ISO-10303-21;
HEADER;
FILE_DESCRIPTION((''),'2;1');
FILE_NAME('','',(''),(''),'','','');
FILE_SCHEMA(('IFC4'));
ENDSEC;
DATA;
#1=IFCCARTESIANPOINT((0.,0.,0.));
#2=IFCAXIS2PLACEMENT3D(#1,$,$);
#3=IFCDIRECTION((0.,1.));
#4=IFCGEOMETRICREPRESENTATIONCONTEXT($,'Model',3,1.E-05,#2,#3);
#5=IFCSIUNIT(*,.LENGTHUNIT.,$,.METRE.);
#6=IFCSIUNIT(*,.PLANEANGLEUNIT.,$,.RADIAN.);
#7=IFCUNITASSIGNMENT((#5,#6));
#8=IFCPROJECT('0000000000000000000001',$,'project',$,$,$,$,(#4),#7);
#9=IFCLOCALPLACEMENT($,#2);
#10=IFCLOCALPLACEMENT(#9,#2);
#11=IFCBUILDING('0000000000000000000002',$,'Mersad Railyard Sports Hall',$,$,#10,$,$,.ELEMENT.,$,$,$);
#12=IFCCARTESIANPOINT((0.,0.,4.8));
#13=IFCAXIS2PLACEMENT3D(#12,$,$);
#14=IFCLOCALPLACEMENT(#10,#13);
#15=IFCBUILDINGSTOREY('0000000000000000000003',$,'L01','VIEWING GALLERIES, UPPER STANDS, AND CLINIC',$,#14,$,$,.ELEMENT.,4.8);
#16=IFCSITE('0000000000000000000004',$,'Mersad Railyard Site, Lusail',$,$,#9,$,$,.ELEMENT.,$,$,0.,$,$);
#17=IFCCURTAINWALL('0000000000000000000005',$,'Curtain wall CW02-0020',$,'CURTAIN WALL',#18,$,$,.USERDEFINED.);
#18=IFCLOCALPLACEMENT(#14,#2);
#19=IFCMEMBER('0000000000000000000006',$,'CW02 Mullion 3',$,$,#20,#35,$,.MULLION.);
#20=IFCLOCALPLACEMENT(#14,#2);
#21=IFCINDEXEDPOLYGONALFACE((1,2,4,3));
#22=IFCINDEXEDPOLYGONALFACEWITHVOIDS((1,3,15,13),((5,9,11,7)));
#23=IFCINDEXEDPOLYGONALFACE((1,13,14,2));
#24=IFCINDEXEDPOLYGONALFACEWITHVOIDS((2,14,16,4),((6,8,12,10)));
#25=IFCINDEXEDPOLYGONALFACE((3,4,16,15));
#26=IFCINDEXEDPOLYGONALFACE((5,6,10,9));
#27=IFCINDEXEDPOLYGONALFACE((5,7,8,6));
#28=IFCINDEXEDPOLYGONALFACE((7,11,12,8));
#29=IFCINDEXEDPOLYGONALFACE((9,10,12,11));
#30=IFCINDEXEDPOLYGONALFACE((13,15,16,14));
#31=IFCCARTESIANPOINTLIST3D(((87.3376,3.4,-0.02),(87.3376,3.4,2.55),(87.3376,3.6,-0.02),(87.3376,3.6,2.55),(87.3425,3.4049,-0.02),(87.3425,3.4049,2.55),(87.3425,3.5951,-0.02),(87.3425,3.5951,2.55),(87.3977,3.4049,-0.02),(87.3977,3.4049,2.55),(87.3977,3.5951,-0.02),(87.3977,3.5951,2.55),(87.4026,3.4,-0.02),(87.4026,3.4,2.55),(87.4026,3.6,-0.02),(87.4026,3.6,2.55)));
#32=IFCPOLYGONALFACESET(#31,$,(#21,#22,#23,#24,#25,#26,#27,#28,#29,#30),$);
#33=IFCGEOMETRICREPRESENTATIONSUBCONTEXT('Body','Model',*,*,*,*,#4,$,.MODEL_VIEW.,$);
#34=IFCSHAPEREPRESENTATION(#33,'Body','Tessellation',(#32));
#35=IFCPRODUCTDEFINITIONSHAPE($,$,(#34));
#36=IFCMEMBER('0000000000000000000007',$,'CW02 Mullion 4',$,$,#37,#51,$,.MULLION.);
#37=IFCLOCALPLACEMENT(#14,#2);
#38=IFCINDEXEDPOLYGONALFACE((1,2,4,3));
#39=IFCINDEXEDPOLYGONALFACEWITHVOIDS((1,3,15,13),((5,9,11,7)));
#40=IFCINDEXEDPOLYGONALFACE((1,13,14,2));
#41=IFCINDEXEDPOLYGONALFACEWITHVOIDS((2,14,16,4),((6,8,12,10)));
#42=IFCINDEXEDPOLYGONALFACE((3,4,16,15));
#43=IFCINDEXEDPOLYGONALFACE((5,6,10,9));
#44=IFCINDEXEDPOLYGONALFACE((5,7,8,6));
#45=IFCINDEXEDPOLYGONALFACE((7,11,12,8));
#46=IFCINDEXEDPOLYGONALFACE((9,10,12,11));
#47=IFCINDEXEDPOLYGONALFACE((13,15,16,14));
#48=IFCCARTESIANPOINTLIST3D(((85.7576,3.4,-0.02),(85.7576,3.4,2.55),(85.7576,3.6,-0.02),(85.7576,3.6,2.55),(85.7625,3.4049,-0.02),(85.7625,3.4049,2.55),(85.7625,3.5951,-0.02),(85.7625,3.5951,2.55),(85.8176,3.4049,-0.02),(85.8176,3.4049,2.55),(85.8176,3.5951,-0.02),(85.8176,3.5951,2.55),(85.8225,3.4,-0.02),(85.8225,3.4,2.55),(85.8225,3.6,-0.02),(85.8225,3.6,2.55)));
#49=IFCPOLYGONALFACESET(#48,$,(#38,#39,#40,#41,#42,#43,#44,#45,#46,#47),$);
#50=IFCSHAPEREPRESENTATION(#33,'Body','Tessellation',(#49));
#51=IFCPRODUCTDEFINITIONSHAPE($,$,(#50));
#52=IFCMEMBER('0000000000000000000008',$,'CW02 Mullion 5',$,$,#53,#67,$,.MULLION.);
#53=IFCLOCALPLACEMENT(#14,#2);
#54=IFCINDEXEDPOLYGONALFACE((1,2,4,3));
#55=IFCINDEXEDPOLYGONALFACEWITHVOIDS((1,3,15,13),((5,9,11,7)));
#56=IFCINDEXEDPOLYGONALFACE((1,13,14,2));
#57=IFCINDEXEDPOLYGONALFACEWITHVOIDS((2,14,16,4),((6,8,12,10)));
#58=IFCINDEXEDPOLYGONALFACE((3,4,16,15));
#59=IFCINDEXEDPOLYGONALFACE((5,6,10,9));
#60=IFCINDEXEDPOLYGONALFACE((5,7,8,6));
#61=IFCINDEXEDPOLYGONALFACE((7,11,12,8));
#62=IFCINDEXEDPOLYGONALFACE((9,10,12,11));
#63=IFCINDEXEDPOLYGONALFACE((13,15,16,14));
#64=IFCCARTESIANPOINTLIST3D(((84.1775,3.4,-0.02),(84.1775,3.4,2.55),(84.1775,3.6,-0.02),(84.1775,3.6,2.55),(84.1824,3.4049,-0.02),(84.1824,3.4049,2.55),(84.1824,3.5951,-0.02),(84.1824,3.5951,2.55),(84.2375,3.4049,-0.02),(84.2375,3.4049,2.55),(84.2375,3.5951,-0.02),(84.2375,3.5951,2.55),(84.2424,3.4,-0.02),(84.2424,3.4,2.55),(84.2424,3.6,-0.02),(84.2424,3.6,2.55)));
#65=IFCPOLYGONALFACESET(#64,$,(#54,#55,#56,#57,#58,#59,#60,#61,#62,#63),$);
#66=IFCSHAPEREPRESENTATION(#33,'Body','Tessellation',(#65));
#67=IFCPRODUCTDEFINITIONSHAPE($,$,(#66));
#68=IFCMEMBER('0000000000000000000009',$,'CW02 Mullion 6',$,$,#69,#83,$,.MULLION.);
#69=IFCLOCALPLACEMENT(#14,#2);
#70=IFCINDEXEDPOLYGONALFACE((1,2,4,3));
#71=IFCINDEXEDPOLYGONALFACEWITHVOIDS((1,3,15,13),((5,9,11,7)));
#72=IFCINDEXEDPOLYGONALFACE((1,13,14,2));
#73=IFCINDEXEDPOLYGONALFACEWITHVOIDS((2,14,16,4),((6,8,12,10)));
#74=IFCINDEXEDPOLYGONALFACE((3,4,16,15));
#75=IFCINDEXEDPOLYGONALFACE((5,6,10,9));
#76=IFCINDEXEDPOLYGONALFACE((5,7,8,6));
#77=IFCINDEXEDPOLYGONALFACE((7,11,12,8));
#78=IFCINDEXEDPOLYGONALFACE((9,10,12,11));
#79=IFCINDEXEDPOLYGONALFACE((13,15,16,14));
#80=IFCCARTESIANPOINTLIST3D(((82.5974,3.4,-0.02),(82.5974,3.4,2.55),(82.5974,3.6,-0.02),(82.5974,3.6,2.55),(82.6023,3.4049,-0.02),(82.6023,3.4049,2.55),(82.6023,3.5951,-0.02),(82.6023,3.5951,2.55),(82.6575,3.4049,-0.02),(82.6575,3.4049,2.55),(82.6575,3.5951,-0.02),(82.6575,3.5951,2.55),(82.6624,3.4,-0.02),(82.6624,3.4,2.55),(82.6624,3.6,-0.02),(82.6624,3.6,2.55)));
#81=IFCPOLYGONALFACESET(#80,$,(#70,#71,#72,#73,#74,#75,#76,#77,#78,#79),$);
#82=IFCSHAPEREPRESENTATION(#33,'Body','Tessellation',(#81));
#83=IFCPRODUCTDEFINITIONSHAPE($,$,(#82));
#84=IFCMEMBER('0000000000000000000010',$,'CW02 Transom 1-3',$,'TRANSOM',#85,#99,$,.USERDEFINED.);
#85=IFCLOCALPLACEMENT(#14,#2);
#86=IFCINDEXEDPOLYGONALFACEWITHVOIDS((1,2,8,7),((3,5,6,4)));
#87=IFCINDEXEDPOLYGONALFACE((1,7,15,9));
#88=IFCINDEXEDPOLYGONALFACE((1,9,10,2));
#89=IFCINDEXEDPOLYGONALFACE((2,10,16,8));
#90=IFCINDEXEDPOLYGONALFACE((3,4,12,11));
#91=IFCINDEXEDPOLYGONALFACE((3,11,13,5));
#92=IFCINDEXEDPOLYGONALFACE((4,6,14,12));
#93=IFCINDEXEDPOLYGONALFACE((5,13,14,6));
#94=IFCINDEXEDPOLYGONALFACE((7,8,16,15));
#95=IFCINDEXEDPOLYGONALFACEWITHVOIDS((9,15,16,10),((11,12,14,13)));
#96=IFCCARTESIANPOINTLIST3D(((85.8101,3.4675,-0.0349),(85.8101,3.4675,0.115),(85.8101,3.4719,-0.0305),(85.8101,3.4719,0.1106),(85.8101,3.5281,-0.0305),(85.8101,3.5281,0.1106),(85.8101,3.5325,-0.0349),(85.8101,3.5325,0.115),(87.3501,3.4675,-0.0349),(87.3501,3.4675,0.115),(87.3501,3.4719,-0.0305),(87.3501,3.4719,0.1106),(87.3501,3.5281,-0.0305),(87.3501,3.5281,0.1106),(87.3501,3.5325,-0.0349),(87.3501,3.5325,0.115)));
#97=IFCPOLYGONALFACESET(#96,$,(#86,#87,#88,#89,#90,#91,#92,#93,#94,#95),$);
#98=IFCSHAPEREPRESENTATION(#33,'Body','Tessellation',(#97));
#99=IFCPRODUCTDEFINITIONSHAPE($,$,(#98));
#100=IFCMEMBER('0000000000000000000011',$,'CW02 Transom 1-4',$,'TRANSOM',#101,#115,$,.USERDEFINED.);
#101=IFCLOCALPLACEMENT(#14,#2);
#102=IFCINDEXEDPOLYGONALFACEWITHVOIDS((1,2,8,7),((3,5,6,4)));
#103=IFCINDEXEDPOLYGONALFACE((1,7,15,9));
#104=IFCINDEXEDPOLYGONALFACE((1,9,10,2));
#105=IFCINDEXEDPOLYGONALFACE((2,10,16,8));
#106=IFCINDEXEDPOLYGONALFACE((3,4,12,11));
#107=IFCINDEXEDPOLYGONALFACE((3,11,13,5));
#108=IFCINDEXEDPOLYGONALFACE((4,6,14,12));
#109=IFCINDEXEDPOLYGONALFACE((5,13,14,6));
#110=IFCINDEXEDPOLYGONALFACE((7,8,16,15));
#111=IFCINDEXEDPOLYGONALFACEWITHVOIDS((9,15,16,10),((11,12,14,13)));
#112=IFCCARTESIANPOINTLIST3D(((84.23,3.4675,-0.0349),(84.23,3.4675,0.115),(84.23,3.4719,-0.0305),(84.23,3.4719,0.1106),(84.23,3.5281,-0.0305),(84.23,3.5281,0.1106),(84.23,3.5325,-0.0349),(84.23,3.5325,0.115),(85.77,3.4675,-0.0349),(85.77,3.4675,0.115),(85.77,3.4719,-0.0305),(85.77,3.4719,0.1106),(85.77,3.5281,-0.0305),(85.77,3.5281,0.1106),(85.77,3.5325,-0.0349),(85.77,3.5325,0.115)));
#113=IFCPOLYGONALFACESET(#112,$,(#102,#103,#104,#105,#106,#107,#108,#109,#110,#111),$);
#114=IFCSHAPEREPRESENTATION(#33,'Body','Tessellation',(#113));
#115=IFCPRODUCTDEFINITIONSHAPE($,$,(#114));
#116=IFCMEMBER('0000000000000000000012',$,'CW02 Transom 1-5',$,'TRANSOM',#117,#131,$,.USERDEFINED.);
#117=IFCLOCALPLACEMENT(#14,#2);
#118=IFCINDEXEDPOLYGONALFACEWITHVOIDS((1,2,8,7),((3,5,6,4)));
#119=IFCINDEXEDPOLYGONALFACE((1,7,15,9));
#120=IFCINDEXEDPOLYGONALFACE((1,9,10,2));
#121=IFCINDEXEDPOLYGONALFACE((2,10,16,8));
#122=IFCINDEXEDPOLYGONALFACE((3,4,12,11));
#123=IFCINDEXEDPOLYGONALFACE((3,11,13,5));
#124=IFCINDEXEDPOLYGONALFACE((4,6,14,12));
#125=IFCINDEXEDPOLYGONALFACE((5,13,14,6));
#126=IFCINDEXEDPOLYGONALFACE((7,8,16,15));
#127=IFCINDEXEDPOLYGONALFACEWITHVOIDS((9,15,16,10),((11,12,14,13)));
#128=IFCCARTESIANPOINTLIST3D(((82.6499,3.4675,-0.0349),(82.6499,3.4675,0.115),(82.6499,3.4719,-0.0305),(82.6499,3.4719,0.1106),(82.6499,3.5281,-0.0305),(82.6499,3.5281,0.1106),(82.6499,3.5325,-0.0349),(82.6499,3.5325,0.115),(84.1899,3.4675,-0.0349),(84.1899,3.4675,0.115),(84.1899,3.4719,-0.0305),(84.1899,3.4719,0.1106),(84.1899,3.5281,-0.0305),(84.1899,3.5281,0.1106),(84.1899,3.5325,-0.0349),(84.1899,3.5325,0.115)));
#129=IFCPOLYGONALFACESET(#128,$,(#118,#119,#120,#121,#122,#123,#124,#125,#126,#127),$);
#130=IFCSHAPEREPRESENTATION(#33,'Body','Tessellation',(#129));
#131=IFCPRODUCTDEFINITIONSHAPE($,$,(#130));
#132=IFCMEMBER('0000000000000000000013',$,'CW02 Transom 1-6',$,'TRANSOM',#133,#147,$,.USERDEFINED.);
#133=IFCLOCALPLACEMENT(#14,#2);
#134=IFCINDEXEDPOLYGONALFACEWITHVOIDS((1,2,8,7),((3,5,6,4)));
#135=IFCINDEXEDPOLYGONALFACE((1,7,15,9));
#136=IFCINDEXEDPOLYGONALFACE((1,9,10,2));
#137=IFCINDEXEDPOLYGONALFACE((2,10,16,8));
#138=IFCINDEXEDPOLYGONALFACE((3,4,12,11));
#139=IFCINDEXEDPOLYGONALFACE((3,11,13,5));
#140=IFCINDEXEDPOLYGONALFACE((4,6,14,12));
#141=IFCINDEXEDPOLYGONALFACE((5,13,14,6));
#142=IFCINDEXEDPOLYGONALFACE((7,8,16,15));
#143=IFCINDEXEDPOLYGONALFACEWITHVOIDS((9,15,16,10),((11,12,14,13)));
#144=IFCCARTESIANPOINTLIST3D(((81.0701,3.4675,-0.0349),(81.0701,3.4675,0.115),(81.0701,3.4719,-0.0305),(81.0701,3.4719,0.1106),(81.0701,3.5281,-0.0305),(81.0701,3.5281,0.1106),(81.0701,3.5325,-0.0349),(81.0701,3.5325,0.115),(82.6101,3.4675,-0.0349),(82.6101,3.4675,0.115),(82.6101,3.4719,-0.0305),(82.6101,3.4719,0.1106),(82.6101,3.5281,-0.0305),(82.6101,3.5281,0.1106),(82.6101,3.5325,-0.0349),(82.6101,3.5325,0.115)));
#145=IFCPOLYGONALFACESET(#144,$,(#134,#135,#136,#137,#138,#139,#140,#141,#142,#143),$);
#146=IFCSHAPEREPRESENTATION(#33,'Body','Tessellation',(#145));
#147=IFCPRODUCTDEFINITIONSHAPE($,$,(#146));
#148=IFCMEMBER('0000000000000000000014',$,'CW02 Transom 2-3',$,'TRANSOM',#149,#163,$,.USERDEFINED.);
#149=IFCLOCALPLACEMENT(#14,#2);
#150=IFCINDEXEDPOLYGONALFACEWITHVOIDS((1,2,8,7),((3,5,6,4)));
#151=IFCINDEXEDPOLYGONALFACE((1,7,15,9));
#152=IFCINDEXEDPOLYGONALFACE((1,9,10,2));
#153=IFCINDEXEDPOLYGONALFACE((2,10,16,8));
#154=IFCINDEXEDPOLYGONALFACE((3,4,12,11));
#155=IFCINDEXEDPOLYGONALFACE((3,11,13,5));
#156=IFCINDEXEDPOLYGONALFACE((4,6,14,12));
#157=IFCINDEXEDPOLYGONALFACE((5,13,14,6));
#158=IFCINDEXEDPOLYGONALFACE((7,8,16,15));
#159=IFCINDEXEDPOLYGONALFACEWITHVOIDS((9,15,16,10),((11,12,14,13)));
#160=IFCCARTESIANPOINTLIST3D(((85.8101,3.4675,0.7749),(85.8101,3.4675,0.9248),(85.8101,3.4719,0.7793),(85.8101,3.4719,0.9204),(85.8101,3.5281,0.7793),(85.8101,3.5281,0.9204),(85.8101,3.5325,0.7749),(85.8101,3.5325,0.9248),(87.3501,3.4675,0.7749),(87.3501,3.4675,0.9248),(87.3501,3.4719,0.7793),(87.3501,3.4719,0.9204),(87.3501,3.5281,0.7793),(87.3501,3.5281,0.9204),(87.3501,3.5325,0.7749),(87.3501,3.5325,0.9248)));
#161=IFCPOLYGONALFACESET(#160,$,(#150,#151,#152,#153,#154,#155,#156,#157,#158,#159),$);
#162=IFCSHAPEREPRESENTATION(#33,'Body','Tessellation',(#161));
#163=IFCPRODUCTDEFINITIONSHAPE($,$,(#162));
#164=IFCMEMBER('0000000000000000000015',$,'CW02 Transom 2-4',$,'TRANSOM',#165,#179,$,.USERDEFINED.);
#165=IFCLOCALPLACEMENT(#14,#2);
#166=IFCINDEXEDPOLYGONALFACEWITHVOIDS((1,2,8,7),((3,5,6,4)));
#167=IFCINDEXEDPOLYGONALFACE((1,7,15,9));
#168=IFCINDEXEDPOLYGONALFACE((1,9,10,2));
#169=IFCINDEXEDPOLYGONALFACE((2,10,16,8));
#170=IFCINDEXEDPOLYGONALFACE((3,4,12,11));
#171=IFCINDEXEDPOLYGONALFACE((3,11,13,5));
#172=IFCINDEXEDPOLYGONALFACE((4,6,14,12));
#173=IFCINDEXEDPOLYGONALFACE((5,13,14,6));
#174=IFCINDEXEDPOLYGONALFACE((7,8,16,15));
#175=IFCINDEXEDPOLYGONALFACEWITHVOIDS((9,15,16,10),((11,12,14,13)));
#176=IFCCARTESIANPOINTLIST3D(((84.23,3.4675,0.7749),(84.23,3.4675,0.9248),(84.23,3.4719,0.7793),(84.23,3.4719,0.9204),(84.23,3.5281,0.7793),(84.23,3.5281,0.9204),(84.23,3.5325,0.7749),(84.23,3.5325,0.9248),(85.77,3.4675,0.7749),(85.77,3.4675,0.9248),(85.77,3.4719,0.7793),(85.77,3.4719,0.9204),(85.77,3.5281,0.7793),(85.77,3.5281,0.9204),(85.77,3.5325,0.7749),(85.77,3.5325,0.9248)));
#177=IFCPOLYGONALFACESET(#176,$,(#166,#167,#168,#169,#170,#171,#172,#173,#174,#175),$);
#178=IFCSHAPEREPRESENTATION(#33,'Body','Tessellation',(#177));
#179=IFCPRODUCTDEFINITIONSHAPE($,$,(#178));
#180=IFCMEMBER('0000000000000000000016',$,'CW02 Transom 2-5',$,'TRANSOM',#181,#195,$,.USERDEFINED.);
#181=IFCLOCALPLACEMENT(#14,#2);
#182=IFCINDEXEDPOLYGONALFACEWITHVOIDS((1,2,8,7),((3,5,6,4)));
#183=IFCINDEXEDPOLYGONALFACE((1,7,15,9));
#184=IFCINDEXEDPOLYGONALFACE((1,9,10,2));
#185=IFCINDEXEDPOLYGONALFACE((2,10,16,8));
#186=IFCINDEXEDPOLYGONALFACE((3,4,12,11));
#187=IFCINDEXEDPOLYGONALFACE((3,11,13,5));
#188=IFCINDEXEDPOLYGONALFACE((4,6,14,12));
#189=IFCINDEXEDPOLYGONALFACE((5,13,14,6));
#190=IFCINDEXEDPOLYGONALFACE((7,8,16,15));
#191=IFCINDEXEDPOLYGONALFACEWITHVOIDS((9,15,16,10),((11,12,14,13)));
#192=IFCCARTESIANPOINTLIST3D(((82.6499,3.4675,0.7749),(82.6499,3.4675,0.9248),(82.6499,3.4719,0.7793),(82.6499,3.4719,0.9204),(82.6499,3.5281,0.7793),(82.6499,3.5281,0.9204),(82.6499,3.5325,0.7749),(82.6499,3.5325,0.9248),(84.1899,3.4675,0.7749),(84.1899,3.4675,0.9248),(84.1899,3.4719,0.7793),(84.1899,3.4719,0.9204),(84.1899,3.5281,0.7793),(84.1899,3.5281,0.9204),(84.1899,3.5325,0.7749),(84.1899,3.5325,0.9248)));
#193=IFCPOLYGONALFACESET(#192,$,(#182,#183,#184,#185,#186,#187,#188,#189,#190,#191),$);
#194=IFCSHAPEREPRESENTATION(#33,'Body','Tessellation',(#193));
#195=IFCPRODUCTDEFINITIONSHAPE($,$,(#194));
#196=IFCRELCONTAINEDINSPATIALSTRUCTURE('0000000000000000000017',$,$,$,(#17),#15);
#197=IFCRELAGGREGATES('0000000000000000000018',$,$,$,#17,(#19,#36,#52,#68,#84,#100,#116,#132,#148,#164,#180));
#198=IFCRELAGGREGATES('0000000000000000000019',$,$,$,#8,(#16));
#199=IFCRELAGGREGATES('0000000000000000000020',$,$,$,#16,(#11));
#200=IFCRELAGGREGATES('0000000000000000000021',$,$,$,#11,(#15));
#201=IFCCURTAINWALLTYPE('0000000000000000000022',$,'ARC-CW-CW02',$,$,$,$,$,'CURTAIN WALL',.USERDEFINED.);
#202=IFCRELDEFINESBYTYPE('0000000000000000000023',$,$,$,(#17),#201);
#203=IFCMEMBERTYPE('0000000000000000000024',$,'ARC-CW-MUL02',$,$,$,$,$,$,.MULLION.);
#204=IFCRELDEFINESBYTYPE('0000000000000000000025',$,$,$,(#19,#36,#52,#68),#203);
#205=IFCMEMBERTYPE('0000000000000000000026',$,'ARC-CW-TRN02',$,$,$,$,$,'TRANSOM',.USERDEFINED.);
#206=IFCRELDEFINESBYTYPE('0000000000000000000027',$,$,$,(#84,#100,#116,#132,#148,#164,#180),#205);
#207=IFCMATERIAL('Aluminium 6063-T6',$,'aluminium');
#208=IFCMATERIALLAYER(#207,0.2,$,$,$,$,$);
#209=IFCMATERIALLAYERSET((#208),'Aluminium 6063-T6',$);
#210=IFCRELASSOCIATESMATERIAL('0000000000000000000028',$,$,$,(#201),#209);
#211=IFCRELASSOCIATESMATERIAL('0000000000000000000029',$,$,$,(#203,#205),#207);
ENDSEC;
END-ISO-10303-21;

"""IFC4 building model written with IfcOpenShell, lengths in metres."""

from ifc_helpers import new_model, si_unit, direction, frame, origin, origin_2d, place, context, subcontext, project, spatial, hollow_rectangle, extrude, material, layer, layer_set, material_profile, profile_set, type_object, element, aggregate, save


model = new_model("IFC4")

# Units and contexts
model_context = context("Model", 3, precision=1e-05, world=origin(), true_north=direction((0.0, 1.0)))
body_context = subcontext(model_context, "Body", "Model", "MODEL_VIEW")
ifc_project = project(units=[si_unit("LENGTHUNIT", "METRE"), si_unit("PLANEANGLEUNIT", "RADIAN")], contexts=[model_context])

# Site, building, storey
site_placement = place(None, origin())
site = spatial("IfcSite", under=ifc_project, at=site_placement, Name="Mersad Railyard Site, Lusail", CompositionType="ELEMENT", RefElevation=0.0)
building_placement = place(site_placement, origin())
building = spatial("IfcBuilding", under=site, at=building_placement, Name="Mersad Railyard Sports Hall", CompositionType="ELEMENT")
storey_placement = place(building_placement, frame((0.0, 0.0, 4.8)))
storey = spatial("IfcBuildingStorey", under=building, at=storey_placement, Name="L01", Description="VIEWING GALLERIES, UPPER STANDS, AND CLINIC", CompositionType="ELEMENT", Elevation=4.8)

# Curtain wall, members
ifc_material_1 = material(Name="Aluminium 6063-T6", Category="aluminium")
ifc_layer_1 = layer(ifc_material_1, 0.2)
ifc_layer_set_1 = layer_set([ifc_layer_1], Name="Aluminium 6063-T6")
curtain_wall_type = type_object("IfcCurtainWallType", Name="ARC-CW-CW02", ElementType="CURTAIN WALL", PredefinedType="USERDEFINED", material=ifc_layer_set_1)
curtain_wall_placement = place(storey_placement, origin())
curtain_wall = element("IfcCurtainWall", 1, at=curtain_wall_placement, inside=storey, type_object=curtain_wall_type, Name="Curtain wall CW02-0020", ObjectType="CURTAIN WALL", PredefinedType="USERDEFINED")
ifc_material_profile_1 = material_profile(ifc_material_1, hollow_rectangle(XDim=0.0649, YDim=0.2, WallThickness=0.0049, at=origin_2d()), Name="AL MULLION 65x200x5")
ifc_profile_set_1 = profile_set([ifc_material_profile_1], Name="Aluminium 6063-T6")
member_type_1 = type_object("IfcMemberType", Name="ARC-CW-MUL02", PredefinedType="MULLION", material=ifc_profile_set_1)
member_1_placement = place(storey_placement, frame((87.3701, 3.5, -0.02), z_axis=(0.0, 0.0, 1.0), x_axis=(1.0, 0.0, 0.0)))
member_1 = element("IfcMember", 2, at=member_1_placement, type_object=member_type_1, Name="CW02 Mullion 3", PredefinedType="MULLION", context=body_context, shape_type="SweptSolid", body=[
    extrude(hollow_rectangle(XDim=0.0649, YDim=0.2, WallThickness=0.0049, at=origin_2d()), origin(), (0.0, 0.0, 1.0), 2.5701),
])
member_2_placement = place(storey_placement, frame((85.79, 3.5, -0.02), z_axis=(0.0, 0.0, 1.0), x_axis=(1.0, 0.0, 0.0)))
member_2 = element("IfcMember", 3, at=member_2_placement, type_object=member_type_1, Name="CW02 Mullion 4", PredefinedType="MULLION", context=body_context, shape_type="SweptSolid", body=[
    extrude(hollow_rectangle(XDim=0.0649, YDim=0.2, WallThickness=0.0049, at=origin_2d()), origin(), (0.0, 0.0, 1.0), 2.5701),
])
member_3_placement = place(storey_placement, frame((84.21, 3.5, -0.02), z_axis=(0.0, 0.0, 1.0), x_axis=(1.0, 0.0, 0.0)))
member_3 = element("IfcMember", 4, at=member_3_placement, type_object=member_type_1, Name="CW02 Mullion 5", PredefinedType="MULLION", context=body_context, shape_type="SweptSolid", body=[
    extrude(hollow_rectangle(XDim=0.0649, YDim=0.2, WallThickness=0.0049, at=origin_2d()), origin(), (0.0, 0.0, 1.0), 2.5701),
])
member_4_placement = place(storey_placement, frame((82.6299, 3.5, -0.02), z_axis=(0.0, 0.0, 1.0), x_axis=(1.0, 0.0, 0.0)))
member_4 = element("IfcMember", 5, at=member_4_placement, type_object=member_type_1, Name="CW02 Mullion 6", PredefinedType="MULLION", context=body_context, shape_type="SweptSolid", body=[
    extrude(hollow_rectangle(XDim=0.0649, YDim=0.2, WallThickness=0.0049, at=origin_2d()), origin(), (0.0, 0.0, 1.0), 2.5701),
])
ifc_material_profile_2 = material_profile(ifc_material_1, hollow_rectangle(XDim=0.0649, YDim=0.1499, WallThickness=0.0044, at=origin_2d()), Name="AL TRANSOM 65x150x4.5")
ifc_profile_set_2 = profile_set([ifc_material_profile_2], Name="Aluminium 6063-T6")
member_type_2 = type_object("IfcMemberType", Name="ARC-CW-TRN02", ElementType="TRANSOM", PredefinedType="USERDEFINED", material=ifc_profile_set_2)
member_5_placement = place(storey_placement, frame((87.3501, 3.5, 0.04), z_axis=(-1.0, 0.0, 0.0), x_axis=(0.0, -1.0, 0.0)))
member_5 = element("IfcMember", 6, at=member_5_placement, type_object=member_type_2, Name="CW02 Transom 1-3", ObjectType="TRANSOM", PredefinedType="USERDEFINED", context=body_context, shape_type="SweptSolid", body=[
    extrude(hollow_rectangle(XDim=0.0649, YDim=0.1499, WallThickness=0.0044, at=origin_2d()), origin(), (0.0, 0.0, 1.0), 1.54),
])
member_6_placement = place(storey_placement, frame((85.77, 3.5, 0.04), z_axis=(-1.0, 0.0, 0.0), x_axis=(0.0, -1.0, 0.0)))
member_6 = element("IfcMember", 7, at=member_6_placement, type_object=member_type_2, Name="CW02 Transom 1-4", ObjectType="TRANSOM", PredefinedType="USERDEFINED", context=body_context, shape_type="SweptSolid", body=[
    extrude(hollow_rectangle(XDim=0.0649, YDim=0.1499, WallThickness=0.0044, at=origin_2d()), origin(), (0.0, 0.0, 1.0), 1.54),
])
member_7_placement = place(storey_placement, frame((84.1899, 3.5, 0.04), z_axis=(-1.0, 0.0, 0.0), x_axis=(0.0, -1.0, 0.0)))
member_7 = element("IfcMember", 8, at=member_7_placement, type_object=member_type_2, Name="CW02 Transom 1-5", ObjectType="TRANSOM", PredefinedType="USERDEFINED", context=body_context, shape_type="SweptSolid", body=[
    extrude(hollow_rectangle(XDim=0.0649, YDim=0.1499, WallThickness=0.0044, at=origin_2d()), origin(), (0.0, 0.0, 1.0), 1.54),
])
member_8_placement = place(storey_placement, frame((82.6101, 3.5, 0.04), z_axis=(-1.0, 0.0, 0.0), x_axis=(0.0, -1.0, 0.0)))
member_8 = element("IfcMember", 9, at=member_8_placement, type_object=member_type_2, Name="CW02 Transom 1-6", ObjectType="TRANSOM", PredefinedType="USERDEFINED", context=body_context, shape_type="SweptSolid", body=[
    extrude(hollow_rectangle(XDim=0.0649, YDim=0.1499, WallThickness=0.0044, at=origin_2d()), origin(), (0.0, 0.0, 1.0), 1.54),
])
member_9_placement = place(storey_placement, frame((87.3501, 3.5, 0.8499), z_axis=(-1.0, 0.0, 0.0), x_axis=(0.0, -1.0, 0.0)))
member_9 = element("IfcMember", 10, at=member_9_placement, type_object=member_type_2, Name="CW02 Transom 2-3", ObjectType="TRANSOM", PredefinedType="USERDEFINED", context=body_context, shape_type="SweptSolid", body=[
    extrude(hollow_rectangle(XDim=0.0649, YDim=0.1499, WallThickness=0.0044, at=origin_2d()), origin(), (0.0, 0.0, 1.0), 1.54),
])
member_10_placement = place(storey_placement, frame((85.77, 3.5, 0.8499), z_axis=(-1.0, 0.0, 0.0), x_axis=(0.0, -1.0, 0.0)))
member_10 = element("IfcMember", 11, at=member_10_placement, type_object=member_type_2, Name="CW02 Transom 2-4", ObjectType="TRANSOM", PredefinedType="USERDEFINED", context=body_context, shape_type="SweptSolid", body=[
    extrude(hollow_rectangle(XDim=0.0649, YDim=0.1499, WallThickness=0.0044, at=origin_2d()), origin(), (0.0, 0.0, 1.0), 1.54),
])
member_11_placement = place(storey_placement, frame((84.1899, 3.5, 0.8499), z_axis=(-1.0, 0.0, 0.0), x_axis=(0.0, -1.0, 0.0)))
member_11 = element("IfcMember", 12, at=member_11_placement, type_object=member_type_2, Name="CW02 Transom 2-5", ObjectType="TRANSOM", PredefinedType="USERDEFINED", context=body_context, shape_type="SweptSolid", body=[
    extrude(hollow_rectangle(XDim=0.0649, YDim=0.1499, WallThickness=0.0044, at=origin_2d()), origin(), (0.0, 0.0, 1.0), 1.54),
])

aggregate(curtain_wall, [member_1, member_2, member_3, member_4, member_5, member_6, member_7, member_8, member_9, member_10, member_11])

save(model, "model.ifc")
